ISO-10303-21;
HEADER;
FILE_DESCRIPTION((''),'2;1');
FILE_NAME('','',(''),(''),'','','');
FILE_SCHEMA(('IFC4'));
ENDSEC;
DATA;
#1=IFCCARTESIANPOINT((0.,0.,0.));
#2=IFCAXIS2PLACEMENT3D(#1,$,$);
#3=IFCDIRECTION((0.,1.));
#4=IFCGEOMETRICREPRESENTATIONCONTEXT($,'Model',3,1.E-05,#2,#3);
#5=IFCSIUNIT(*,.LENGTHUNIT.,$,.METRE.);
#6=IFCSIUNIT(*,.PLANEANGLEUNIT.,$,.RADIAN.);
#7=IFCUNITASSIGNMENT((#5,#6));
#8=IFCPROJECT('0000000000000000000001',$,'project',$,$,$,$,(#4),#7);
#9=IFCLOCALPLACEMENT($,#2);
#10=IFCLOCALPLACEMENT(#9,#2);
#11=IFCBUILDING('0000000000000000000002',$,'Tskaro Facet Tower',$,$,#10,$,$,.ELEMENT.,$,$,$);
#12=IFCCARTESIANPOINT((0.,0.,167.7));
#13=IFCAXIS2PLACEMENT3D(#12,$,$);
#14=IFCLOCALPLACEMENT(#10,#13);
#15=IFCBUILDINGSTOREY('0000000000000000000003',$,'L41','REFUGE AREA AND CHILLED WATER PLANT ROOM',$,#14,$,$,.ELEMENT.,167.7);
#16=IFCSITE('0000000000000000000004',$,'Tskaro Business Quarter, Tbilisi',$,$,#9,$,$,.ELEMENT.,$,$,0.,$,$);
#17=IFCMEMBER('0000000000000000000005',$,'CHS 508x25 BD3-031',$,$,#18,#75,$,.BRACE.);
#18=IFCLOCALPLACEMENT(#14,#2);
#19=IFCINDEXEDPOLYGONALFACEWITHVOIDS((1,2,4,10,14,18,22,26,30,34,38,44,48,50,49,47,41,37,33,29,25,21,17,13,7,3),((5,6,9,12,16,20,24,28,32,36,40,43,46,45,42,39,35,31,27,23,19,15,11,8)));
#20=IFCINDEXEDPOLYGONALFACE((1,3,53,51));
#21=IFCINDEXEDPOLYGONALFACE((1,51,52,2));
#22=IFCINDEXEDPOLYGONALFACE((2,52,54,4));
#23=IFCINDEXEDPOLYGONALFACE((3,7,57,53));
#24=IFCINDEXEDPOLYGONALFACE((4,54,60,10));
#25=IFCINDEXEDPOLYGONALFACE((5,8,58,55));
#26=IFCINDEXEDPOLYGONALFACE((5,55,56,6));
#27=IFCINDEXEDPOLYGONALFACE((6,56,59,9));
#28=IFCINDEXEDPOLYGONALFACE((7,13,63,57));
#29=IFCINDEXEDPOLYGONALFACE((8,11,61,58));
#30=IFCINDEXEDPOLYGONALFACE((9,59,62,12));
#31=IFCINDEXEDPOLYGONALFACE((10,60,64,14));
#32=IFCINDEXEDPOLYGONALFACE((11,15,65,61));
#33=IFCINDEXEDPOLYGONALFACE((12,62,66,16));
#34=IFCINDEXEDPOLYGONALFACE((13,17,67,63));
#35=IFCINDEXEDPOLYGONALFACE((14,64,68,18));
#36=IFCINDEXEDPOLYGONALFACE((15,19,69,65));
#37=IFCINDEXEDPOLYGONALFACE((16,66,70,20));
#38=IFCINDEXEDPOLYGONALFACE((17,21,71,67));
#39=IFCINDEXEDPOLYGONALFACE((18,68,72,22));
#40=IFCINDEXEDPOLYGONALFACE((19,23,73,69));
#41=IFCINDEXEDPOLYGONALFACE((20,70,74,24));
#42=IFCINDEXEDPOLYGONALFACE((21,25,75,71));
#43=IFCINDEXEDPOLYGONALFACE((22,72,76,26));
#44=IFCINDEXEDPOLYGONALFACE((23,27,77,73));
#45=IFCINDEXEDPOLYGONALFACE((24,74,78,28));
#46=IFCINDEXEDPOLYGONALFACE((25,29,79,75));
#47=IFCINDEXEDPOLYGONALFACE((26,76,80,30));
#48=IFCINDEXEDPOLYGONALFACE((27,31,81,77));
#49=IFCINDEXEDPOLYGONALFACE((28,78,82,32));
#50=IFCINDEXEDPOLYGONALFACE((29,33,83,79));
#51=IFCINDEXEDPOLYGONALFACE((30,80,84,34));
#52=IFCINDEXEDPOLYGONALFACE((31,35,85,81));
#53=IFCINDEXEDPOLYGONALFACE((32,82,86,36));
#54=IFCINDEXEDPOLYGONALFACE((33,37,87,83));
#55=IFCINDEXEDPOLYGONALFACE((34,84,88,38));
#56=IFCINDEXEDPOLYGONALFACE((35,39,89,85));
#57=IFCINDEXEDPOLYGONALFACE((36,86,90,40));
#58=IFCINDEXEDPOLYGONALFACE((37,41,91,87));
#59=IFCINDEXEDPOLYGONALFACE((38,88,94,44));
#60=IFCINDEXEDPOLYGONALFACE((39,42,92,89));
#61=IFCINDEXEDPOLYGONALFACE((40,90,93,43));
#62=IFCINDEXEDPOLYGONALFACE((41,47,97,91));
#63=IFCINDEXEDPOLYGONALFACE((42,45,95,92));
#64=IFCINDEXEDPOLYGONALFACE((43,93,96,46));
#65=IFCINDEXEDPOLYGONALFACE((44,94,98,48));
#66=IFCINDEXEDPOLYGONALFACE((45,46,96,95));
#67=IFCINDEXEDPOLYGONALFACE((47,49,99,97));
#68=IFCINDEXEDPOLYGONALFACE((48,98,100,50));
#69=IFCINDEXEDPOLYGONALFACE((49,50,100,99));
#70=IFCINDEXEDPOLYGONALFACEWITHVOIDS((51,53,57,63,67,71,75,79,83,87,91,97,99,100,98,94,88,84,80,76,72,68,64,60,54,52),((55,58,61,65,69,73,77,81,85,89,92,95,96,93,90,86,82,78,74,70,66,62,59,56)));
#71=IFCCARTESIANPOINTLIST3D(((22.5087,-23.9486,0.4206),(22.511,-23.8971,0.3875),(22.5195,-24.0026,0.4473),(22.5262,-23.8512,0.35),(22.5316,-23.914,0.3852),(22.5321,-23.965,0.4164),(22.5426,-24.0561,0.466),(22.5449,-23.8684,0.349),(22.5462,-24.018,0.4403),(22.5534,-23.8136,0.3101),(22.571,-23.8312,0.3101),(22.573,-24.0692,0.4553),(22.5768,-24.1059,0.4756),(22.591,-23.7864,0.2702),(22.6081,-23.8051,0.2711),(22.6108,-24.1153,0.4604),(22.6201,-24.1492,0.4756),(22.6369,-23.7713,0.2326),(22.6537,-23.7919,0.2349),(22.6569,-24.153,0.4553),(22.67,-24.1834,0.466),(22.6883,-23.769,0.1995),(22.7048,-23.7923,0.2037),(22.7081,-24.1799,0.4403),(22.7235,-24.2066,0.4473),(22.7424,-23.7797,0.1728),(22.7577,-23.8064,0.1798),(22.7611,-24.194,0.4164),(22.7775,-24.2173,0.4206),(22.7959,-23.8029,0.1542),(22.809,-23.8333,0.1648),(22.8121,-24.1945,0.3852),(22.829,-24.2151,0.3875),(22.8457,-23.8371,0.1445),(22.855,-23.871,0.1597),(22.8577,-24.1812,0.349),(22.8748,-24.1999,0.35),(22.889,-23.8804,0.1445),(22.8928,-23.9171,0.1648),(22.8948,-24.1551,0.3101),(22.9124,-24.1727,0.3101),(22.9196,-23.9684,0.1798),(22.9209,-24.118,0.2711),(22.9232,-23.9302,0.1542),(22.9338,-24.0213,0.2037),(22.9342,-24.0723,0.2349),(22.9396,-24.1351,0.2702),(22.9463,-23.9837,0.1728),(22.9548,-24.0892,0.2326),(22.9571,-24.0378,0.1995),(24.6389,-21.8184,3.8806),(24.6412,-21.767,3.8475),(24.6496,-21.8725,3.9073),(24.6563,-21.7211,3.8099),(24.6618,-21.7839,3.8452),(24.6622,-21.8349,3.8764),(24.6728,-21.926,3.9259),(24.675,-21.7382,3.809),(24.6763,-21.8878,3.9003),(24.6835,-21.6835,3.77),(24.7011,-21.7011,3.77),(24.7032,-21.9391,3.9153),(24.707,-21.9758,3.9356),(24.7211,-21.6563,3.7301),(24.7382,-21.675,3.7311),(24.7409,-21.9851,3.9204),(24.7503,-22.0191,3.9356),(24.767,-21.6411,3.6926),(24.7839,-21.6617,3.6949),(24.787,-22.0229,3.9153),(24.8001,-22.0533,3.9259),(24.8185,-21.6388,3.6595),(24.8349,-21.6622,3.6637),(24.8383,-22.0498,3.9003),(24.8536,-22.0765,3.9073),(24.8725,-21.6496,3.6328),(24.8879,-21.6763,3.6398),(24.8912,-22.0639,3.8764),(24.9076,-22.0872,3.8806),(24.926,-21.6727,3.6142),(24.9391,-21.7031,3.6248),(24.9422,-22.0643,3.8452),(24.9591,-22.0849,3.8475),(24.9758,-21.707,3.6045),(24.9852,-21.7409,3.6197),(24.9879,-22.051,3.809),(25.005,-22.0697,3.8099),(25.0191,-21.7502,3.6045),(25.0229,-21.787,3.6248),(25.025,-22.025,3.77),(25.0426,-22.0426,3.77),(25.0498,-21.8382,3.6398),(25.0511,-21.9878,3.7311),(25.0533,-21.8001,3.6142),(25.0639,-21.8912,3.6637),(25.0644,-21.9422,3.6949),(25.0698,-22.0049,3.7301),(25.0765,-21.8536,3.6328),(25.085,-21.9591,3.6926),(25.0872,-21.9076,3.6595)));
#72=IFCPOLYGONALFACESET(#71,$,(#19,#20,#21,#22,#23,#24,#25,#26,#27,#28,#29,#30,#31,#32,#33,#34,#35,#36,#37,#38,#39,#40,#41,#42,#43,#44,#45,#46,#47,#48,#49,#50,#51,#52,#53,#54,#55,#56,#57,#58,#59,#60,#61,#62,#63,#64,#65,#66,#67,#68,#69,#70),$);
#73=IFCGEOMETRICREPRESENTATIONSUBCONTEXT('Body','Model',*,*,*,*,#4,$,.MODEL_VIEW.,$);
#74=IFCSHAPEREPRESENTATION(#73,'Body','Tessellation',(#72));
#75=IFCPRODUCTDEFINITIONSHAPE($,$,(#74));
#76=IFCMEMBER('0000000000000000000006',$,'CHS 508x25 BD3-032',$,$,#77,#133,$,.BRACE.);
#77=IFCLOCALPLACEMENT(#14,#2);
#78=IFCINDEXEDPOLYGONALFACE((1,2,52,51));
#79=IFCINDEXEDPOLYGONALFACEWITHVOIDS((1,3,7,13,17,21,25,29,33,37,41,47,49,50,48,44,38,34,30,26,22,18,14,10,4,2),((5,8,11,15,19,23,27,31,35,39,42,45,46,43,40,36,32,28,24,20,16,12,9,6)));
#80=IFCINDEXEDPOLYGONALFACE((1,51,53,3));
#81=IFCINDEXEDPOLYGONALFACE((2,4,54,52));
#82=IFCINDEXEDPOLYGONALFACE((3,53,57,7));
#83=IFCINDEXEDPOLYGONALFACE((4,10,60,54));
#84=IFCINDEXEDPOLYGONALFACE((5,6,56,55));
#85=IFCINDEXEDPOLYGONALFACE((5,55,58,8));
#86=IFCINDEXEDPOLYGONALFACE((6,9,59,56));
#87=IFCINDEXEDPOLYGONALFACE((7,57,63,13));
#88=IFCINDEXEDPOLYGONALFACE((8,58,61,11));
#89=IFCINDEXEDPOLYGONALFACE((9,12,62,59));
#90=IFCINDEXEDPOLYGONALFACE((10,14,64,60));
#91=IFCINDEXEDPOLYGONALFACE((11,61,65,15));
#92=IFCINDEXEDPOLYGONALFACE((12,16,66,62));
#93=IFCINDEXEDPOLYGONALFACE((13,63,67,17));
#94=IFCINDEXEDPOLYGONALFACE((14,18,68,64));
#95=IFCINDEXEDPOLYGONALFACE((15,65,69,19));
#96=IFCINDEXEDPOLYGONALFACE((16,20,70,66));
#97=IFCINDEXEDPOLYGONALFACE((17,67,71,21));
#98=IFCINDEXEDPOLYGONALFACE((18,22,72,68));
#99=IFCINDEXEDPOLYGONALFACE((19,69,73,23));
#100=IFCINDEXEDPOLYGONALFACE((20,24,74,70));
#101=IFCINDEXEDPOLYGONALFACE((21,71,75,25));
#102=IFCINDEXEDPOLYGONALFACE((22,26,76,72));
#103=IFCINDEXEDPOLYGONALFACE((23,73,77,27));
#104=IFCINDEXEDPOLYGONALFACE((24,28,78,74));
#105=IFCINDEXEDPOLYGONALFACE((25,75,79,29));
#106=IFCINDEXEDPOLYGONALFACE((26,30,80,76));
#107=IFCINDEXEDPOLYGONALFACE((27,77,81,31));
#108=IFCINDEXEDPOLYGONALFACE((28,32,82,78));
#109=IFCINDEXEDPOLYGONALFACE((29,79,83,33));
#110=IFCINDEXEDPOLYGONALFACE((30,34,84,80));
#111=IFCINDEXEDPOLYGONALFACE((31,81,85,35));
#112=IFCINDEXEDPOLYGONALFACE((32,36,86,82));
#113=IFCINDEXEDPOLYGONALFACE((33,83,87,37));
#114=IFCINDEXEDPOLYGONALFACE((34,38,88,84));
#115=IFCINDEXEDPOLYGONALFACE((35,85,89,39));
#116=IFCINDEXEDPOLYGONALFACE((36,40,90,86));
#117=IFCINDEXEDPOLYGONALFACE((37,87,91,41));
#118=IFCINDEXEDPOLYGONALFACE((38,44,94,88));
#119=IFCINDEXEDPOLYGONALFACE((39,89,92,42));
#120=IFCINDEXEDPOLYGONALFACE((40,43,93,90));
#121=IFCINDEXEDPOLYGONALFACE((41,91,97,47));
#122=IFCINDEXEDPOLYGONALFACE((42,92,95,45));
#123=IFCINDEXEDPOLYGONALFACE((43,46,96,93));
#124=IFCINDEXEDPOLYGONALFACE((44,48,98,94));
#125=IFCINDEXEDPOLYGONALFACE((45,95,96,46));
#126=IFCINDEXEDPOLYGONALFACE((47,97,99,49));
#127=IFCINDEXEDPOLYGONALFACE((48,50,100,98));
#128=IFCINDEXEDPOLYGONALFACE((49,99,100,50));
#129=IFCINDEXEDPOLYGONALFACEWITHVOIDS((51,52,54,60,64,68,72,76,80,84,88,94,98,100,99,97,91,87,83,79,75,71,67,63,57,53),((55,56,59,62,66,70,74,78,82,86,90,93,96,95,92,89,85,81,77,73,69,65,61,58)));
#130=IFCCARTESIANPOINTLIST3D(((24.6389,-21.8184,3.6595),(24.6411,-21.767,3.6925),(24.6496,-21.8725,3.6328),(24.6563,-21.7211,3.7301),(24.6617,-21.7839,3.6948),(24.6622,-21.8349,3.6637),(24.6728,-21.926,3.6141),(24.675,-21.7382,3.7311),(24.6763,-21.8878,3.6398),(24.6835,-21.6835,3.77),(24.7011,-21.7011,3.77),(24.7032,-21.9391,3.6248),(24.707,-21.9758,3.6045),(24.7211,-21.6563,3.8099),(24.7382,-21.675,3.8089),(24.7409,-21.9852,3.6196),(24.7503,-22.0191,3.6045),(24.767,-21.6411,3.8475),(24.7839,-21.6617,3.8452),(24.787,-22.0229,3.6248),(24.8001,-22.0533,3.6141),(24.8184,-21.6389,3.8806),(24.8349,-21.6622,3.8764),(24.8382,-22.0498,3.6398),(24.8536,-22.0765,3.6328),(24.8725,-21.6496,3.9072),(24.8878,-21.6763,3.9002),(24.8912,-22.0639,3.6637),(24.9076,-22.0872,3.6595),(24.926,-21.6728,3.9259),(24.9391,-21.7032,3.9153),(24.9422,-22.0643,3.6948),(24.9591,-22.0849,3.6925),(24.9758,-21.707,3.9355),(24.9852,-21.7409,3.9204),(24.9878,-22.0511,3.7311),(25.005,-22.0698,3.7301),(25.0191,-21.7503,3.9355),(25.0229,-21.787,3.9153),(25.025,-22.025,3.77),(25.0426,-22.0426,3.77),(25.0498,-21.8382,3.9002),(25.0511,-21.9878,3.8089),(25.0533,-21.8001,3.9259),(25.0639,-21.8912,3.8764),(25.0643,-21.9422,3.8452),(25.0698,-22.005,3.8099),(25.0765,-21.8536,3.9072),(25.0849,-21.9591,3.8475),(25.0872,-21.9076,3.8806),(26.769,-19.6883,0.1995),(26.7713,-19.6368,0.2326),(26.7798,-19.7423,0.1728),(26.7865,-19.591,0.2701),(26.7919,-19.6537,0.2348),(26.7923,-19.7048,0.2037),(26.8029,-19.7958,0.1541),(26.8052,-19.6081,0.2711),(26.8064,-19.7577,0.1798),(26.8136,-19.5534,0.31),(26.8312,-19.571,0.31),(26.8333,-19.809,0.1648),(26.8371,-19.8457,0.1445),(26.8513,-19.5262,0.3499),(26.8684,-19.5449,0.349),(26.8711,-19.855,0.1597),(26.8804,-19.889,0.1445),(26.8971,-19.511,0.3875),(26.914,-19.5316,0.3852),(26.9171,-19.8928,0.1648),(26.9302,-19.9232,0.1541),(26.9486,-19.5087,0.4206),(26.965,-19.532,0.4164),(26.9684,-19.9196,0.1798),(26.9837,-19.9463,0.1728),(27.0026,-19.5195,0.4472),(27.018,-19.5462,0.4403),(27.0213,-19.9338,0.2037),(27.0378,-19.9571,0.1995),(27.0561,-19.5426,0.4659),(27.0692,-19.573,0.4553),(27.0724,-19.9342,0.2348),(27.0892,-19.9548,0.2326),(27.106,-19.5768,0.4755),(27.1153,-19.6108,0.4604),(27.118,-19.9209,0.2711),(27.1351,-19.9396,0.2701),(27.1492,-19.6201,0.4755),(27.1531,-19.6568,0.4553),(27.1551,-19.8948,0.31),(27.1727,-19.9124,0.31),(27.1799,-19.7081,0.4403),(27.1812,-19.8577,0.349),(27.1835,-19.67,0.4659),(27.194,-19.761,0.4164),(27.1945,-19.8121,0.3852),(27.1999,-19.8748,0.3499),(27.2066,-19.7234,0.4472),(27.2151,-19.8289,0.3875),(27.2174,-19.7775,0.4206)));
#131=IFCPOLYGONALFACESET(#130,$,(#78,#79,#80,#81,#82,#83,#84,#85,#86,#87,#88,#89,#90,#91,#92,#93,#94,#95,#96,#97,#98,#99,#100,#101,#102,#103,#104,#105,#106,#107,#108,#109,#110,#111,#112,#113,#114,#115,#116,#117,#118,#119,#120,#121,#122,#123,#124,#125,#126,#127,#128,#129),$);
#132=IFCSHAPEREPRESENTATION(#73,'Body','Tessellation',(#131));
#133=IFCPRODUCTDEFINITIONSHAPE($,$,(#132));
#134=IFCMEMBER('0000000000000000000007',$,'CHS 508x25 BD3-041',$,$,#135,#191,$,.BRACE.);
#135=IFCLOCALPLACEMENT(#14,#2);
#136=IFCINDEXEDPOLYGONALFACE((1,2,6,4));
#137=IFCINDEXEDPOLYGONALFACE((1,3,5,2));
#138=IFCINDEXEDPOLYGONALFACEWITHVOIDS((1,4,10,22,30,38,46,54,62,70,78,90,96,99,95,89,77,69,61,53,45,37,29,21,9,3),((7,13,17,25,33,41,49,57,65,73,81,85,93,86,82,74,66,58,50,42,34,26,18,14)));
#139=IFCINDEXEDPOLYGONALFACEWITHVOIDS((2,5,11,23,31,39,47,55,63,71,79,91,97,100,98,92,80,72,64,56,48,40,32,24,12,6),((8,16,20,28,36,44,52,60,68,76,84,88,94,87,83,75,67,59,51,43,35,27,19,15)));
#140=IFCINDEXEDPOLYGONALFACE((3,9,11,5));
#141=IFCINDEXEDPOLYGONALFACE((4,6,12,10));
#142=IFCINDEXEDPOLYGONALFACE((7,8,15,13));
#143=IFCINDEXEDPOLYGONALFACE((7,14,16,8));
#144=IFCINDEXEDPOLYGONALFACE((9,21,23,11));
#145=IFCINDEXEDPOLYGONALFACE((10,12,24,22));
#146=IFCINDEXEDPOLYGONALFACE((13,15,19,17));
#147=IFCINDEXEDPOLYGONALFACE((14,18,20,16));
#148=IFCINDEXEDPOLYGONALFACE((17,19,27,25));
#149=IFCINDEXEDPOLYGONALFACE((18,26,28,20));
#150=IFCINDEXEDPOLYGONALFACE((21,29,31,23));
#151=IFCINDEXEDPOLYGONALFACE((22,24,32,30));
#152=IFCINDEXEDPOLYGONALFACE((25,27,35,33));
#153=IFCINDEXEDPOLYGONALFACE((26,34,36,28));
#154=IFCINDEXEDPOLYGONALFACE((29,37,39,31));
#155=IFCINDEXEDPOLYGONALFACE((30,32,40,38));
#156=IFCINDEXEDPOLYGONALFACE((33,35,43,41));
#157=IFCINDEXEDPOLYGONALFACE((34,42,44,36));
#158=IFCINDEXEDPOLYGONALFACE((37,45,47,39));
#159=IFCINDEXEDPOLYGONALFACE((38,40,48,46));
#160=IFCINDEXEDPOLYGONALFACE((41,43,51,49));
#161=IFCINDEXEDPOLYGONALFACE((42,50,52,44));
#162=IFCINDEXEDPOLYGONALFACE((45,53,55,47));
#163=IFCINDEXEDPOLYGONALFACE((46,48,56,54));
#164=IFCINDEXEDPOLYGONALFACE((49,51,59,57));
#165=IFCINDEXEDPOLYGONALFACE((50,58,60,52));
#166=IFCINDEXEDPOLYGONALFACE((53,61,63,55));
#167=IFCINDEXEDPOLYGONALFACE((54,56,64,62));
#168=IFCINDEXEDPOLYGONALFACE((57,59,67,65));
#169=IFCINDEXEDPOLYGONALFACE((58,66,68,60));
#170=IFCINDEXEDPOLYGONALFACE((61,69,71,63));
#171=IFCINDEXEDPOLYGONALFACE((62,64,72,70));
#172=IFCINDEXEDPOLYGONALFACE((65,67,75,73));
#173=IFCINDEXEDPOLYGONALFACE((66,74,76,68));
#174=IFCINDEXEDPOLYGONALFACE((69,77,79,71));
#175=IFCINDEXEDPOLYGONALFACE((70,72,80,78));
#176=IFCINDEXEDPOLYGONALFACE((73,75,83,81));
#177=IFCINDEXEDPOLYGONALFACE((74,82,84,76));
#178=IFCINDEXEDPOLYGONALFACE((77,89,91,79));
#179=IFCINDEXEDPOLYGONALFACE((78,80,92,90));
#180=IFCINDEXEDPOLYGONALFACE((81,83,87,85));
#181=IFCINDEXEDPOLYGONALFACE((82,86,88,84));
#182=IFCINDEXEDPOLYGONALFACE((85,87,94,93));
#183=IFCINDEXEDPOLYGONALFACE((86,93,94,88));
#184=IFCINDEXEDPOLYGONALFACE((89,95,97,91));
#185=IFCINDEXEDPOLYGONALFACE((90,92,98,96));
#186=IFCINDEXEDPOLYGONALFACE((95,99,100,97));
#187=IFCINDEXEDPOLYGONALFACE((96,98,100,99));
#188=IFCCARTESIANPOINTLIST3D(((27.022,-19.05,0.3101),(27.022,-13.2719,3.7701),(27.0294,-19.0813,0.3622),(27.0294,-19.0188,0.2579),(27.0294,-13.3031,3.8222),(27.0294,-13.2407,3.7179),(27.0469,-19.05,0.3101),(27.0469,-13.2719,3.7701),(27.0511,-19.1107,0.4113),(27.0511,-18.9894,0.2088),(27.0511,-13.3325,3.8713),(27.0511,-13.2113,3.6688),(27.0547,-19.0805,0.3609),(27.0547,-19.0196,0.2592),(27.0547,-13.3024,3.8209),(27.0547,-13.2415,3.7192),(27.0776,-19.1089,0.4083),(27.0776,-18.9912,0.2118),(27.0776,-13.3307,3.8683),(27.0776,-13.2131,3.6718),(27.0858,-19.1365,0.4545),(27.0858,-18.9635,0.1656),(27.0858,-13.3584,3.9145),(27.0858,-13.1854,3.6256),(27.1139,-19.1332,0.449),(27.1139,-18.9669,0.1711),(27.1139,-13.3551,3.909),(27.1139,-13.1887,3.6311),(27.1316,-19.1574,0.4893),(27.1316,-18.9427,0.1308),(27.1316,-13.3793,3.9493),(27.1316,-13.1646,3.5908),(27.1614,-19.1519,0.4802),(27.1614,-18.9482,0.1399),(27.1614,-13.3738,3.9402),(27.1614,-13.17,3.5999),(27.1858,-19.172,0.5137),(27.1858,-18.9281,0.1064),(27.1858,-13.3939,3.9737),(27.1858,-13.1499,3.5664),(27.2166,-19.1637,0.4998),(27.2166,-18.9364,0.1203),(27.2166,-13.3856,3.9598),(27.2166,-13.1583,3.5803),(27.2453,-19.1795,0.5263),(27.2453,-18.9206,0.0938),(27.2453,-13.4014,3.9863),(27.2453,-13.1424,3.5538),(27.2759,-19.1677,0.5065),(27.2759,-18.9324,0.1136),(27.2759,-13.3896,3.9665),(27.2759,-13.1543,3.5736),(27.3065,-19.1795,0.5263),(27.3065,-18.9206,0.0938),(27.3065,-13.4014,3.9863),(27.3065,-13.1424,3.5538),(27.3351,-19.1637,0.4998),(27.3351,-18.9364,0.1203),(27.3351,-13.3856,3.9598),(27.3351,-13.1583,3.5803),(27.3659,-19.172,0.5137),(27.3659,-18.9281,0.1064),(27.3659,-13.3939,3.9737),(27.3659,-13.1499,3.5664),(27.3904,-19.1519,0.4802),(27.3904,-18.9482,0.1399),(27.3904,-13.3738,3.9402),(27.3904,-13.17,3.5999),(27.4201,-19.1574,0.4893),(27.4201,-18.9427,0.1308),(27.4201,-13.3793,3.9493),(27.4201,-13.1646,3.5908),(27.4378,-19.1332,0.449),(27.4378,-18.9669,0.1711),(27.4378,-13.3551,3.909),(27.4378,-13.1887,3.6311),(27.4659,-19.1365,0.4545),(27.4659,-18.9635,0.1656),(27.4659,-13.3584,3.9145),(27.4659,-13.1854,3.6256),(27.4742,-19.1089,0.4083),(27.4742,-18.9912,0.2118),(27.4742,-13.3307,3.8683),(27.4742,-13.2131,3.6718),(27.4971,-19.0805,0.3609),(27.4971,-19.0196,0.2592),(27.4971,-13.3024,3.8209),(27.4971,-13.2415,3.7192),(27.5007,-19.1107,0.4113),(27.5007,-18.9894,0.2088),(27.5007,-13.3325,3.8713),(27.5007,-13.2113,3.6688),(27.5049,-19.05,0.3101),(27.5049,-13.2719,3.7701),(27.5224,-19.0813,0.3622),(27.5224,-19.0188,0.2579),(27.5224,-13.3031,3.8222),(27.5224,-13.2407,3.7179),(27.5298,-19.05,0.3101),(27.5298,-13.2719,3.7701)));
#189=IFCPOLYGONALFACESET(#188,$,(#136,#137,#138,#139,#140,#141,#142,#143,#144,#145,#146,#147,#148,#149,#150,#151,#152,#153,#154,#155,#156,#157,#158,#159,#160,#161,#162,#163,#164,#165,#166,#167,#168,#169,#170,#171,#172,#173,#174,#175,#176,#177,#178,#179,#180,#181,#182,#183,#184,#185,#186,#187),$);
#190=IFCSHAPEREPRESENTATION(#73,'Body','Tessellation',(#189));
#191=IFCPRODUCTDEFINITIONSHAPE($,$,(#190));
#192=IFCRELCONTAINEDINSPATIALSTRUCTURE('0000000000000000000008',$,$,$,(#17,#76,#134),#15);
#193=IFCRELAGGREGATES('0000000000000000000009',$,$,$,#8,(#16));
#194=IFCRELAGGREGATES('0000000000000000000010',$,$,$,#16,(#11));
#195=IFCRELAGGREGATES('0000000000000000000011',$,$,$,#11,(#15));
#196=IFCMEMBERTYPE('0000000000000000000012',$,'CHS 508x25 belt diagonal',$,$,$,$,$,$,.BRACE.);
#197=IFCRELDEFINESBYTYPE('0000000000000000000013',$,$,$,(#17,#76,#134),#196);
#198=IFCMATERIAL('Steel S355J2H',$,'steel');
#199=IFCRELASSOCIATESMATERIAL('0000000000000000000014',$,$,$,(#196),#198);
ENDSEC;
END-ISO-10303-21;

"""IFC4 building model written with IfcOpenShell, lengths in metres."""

from ifc_helpers import new_model, si_unit, direction, frame, origin, origin_2d, place, context, subcontext, project, spatial, hollow_circle, extrude, material, material_profile, profile_set, type_object, element, save


model = new_model("IFC4")

# Units and contexts
model_context = context("Model", 3, precision=1e-05, world=origin(), true_north=direction((0.0, 1.0)))
body_context = subcontext(model_context, "Body", "Model", "MODEL_VIEW")
ifc_project = project(units=[si_unit("LENGTHUNIT", "METRE"), si_unit("PLANEANGLEUNIT", "RADIAN")], contexts=[model_context])

# Site, building, storey
site_placement = place(None, origin())
site = spatial("IfcSite", under=ifc_project, at=site_placement, Name="Tskaro Business Quarter, Tbilisi", CompositionType="ELEMENT", RefElevation=0.0)
building_placement = place(site_placement, origin())
building = spatial("IfcBuilding", under=site, at=building_placement, Name="Tskaro Facet Tower", CompositionType="ELEMENT")
storey_placement = place(building_placement, frame((0.0, 0.0, 167.7)))
storey = spatial("IfcBuildingStorey", under=building, at=storey_placement, Name="L41", Description="REFUGE AREA AND CHILLED WATER PLANT ROOM", CompositionType="ELEMENT", Elevation=167.7)

# Shared definitions
ifc_material_1 = material(Name="Steel S355J2H", Category="steel")

# Members
ifc_material_profile_1 = material_profile(ifc_material_1, hollow_circle(Radius=0.2539, WallThickness=0.0249, at=origin_2d()), Name="CHS 508x25")
ifc_profile_set_1 = profile_set([ifc_material_profile_1], Name="Steel S355J2H")
member_type_1 = type_object("IfcMemberType", Name="CHS 508x25 belt diagonal", PredefinedType="BRACE", material=ifc_profile_set_1)
for number, where, z_axis, x_axis, name in (
    (1, (22.7329, -23.9932, 0.3101), (0.464321, 0.464321, 0.754196), (-0.707107, 0.707107, 0.0), "CHS 508x25 BD3-031"),
    (2, (24.863, -21.863, 3.77), (0.464321, 0.464321, -0.754196), (-0.707107, 0.707107, 0.0), "CHS 508x25 BD3-032"),
):
    element("IfcMember", number, at=place(storey_placement, frame(where, z_axis=z_axis, x_axis=x_axis)), inside=storey, type_object=member_type_1, Name=name, PredefinedType="BRACE", context=body_context, shape_type="SweptSolid", body=[
        extrude(hollow_circle(Radius=0.2539, WallThickness=0.0249, at=origin_2d()), origin(), (0.0, 0.0, 1.0), 4.5876),
    ])
member_1_placement = place(storey_placement, frame((27.2759, -19.05, 0.3101), z_axis=(0.0, 0.857944, 0.513744), x_axis=(-1.0, 0.0, 0.0)))
element("IfcMember", 3, at=member_1_placement, inside=storey, type_object=member_type_1, Name="CHS 508x25 BD3-041", PredefinedType="BRACE", context=body_context, shape_type="SweptSolid", body=[
    extrude(hollow_circle(Radius=0.2539, WallThickness=0.0249, at=origin_2d()), origin(), (0.0, 0.0, 1.0), 6.7349),
])

save(model, "model.ifc")
